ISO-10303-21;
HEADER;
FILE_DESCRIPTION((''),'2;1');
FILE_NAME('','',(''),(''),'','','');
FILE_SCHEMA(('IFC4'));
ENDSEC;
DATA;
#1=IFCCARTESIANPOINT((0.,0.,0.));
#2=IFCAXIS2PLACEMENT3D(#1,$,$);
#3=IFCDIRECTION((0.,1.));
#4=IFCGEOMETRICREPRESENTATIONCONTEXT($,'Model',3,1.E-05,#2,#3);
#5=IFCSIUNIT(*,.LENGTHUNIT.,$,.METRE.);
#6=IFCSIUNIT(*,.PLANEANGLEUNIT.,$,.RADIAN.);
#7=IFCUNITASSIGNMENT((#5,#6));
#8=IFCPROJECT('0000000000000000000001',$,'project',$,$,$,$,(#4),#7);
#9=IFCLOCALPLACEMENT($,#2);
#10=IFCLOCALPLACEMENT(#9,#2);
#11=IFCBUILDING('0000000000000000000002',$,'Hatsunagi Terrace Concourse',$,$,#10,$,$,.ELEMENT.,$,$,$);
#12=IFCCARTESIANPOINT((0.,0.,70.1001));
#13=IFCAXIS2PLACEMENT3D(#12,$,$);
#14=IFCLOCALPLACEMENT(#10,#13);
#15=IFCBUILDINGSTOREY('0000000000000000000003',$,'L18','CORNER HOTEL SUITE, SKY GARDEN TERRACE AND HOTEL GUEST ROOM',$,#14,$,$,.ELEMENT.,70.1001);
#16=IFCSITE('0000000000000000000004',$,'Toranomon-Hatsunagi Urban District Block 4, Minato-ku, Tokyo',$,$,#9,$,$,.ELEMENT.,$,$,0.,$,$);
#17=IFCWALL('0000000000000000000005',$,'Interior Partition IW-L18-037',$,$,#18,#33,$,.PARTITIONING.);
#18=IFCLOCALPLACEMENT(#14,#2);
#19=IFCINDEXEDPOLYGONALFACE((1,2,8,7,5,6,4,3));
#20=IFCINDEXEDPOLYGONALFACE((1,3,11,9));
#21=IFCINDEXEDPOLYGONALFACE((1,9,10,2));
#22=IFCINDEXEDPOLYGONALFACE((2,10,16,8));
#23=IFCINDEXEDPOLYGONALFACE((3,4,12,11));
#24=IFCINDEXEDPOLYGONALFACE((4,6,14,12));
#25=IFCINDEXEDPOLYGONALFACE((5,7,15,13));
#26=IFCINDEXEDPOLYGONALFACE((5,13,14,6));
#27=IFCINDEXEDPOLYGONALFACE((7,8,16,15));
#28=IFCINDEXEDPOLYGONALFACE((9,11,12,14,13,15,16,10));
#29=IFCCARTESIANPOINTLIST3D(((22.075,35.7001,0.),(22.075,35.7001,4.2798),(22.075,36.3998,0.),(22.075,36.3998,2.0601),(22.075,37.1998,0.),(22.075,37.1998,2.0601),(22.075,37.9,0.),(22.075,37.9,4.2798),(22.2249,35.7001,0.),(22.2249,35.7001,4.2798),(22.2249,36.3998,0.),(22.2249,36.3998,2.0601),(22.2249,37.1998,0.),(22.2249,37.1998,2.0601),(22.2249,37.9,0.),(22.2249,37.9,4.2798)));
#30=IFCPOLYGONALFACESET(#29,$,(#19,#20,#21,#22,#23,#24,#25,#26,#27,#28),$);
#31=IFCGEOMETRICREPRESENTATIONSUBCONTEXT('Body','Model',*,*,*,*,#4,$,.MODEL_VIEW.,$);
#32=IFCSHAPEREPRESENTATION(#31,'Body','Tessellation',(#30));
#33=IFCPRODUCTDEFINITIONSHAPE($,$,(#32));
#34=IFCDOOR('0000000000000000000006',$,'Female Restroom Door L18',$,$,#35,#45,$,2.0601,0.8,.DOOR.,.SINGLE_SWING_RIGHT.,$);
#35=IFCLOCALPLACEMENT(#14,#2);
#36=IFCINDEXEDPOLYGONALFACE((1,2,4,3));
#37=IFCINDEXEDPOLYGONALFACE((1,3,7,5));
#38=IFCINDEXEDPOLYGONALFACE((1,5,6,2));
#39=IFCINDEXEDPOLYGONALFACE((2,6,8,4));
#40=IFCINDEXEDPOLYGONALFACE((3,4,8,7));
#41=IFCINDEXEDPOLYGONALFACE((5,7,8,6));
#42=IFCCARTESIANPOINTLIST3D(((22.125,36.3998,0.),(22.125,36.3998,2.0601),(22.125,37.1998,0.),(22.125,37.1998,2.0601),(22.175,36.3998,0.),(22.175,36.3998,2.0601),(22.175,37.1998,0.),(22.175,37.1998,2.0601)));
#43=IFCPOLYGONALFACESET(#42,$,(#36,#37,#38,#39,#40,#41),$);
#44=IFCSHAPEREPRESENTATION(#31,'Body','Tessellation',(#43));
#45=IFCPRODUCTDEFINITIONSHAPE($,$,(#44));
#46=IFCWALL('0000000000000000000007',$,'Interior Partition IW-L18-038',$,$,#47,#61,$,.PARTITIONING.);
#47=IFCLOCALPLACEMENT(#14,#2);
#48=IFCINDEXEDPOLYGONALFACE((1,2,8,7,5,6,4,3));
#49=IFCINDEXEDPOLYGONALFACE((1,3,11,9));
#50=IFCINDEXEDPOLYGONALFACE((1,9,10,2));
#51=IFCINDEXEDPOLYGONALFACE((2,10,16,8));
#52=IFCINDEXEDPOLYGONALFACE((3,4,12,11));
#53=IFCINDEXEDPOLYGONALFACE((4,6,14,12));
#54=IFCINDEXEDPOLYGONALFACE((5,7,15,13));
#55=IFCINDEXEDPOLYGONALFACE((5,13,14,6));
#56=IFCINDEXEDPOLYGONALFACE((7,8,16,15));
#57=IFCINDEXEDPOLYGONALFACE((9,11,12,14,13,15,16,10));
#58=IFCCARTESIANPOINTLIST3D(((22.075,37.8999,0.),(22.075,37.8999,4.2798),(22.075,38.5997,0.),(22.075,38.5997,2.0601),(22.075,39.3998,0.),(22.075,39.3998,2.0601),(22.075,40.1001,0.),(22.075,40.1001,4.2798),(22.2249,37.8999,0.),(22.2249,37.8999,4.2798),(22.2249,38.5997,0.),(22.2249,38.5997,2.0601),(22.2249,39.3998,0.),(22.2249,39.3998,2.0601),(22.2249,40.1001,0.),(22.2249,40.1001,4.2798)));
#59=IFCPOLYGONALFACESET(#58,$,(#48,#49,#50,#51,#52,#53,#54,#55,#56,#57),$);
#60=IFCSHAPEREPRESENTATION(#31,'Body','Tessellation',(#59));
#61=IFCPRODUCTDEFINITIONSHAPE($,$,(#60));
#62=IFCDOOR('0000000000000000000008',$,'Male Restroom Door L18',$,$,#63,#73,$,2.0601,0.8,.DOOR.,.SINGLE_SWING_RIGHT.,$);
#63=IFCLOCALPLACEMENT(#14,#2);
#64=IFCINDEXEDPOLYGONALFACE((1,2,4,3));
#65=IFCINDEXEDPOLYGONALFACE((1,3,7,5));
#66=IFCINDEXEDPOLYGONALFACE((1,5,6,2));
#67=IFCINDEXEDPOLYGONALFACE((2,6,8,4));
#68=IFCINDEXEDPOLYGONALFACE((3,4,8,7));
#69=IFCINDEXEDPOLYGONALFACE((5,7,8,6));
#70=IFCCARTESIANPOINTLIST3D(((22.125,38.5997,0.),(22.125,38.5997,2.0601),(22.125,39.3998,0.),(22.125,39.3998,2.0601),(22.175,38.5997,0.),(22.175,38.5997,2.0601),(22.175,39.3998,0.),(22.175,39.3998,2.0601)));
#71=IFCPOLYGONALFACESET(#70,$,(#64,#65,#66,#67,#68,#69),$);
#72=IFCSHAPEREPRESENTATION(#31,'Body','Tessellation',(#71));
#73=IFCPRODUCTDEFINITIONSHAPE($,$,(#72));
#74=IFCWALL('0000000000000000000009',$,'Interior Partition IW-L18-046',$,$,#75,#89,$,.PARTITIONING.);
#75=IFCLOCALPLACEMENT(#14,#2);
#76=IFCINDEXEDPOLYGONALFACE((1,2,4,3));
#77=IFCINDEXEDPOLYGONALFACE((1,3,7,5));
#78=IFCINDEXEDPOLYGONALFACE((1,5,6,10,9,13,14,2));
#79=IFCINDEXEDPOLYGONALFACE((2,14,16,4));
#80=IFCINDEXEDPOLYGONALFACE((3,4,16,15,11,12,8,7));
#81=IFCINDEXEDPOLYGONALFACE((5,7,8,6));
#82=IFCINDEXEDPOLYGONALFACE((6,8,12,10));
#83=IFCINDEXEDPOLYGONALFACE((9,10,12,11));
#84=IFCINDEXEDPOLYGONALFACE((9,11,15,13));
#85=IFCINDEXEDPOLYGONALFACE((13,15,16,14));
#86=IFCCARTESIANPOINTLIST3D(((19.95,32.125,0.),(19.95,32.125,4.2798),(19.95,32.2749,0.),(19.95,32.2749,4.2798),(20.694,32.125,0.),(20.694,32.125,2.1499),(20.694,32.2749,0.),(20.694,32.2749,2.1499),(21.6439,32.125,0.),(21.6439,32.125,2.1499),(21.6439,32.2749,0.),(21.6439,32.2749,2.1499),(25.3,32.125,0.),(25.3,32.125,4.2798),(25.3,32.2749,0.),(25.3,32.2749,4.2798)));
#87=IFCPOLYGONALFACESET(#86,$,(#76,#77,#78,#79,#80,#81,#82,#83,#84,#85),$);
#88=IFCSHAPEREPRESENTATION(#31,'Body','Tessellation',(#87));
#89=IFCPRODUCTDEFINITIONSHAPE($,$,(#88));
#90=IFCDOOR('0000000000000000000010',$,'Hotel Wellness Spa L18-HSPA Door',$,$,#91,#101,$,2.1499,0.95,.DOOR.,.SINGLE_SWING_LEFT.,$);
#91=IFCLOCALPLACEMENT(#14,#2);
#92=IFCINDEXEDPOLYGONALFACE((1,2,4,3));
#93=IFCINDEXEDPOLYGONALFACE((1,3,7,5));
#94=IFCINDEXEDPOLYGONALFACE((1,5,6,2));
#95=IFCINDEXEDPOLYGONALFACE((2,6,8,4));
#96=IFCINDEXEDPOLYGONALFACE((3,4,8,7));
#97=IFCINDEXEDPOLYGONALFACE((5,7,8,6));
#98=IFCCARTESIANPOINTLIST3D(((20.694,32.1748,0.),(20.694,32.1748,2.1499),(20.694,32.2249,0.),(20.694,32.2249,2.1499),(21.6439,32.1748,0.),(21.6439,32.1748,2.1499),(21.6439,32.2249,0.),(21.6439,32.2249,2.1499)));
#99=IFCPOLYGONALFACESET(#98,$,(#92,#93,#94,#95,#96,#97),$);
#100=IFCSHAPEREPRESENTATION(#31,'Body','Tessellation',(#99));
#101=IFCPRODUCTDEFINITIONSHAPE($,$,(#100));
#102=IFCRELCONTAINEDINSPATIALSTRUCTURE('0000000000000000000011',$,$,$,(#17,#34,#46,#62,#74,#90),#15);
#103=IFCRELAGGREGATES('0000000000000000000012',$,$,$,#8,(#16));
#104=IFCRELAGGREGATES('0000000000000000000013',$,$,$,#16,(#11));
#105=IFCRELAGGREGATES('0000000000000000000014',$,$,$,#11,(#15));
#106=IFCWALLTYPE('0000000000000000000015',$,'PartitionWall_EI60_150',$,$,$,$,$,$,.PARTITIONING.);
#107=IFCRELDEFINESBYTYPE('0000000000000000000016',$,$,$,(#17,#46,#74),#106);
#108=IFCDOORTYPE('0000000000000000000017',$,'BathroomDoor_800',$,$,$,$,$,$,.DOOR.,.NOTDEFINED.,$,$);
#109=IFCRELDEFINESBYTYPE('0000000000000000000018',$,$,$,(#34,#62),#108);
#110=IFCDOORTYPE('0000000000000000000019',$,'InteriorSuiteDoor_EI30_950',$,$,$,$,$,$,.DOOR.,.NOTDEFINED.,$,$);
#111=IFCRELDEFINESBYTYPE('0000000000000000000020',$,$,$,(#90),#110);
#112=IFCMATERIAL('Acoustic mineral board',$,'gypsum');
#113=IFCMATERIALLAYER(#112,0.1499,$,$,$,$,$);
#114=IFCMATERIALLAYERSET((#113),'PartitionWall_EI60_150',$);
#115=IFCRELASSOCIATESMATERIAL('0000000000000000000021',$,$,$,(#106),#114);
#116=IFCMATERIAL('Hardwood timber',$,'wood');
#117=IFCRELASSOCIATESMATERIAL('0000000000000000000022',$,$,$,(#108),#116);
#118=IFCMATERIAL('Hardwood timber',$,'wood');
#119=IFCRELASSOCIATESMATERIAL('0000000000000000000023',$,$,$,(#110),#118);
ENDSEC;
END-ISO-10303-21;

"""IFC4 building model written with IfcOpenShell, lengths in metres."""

from ifc_helpers import new_model, si_unit, direction, frame, frame_2d, origin, place, context, subcontext, project, spatial, rectangle, extrude, material, layer, layer_set, type_object, element, fill, save


model = new_model("IFC4")

# Units and contexts
model_context = context("Model", 3, precision=1e-05, world=origin(), true_north=direction((0.0, 1.0)))
body_context = subcontext(model_context, "Body", "Model", "MODEL_VIEW")
ifc_project = project(units=[si_unit("LENGTHUNIT", "METRE"), si_unit("PLANEANGLEUNIT", "RADIAN")], contexts=[model_context])

# Site, building, storey
site_placement = place(None, origin())
site = spatial("IfcSite", under=ifc_project, at=site_placement, Name="Toranomon-Hatsunagi Urban District Block 4, Minato-ku, Tokyo", CompositionType="ELEMENT", RefElevation=0.0)
building_placement = place(site_placement, origin())
building = spatial("IfcBuilding", under=site, at=building_placement, Name="Hatsunagi Terrace Concourse", CompositionType="ELEMENT")
storey_placement = place(building_placement, frame((0.0, 0.0, 70.1001)))
storey = spatial("IfcBuildingStorey", under=building, at=storey_placement, Name="L18", Description="CORNER HOTEL SUITE, SKY GARDEN TERRACE AND HOTEL GUEST ROOM", CompositionType="ELEMENT", Elevation=70.1001)

# Shared definitions
ifc_material_1 = material(Name="Acoustic mineral board", Category="gypsum")
ifc_layer_1 = layer(ifc_material_1, 0.1499)
ifc_layer_set_1 = layer_set([ifc_layer_1], Name="PartitionWall_EI60_150")
wall_type_1 = type_object("IfcWallType", Name="PartitionWall_EI60_150", PredefinedType="PARTITIONING", material=ifc_layer_set_1)

# Walls, openings, doors
ifc_material_2 = material(Name="Hardwood timber", Category="wood")
door_type_1 = type_object("IfcDoorType", Name="BathroomDoor_800", OperationType="NOTDEFINED", PredefinedType="DOOR", material=ifc_material_2)
wall_1_placement = place(storey_placement, frame((22.1499, 35.7, 0.0), z_axis=(0.0, 0.0, 1.0), x_axis=(0.0, 1.0, 0.0)))
wall_1 = element("IfcWall", 1, at=wall_1_placement, inside=storey, type_object=wall_type_1, Name="Interior Partition IW-L18-037", PredefinedType="PARTITIONING", context=body_context, shape_type="SweptSolid", body=[
    extrude(rectangle(XDim=2.2, YDim=0.1499, at=frame_2d((1.1001, 0.0))), origin(), (0.0, 0.0, 1.0), 4.2798),
])
opening_1_placement = place(wall_1_placement, frame((0.7, 0.0, 0.0)))
opening_1 = element("IfcOpeningElement", 2, at=opening_1_placement, cuts=wall_1, PredefinedType="OPENING", context=body_context, shape_type="SweptSolid", body=[
    extrude(rectangle(XDim=0.8, YDim=2.0601, at=frame_2d((0.3999, 1.03))), frame((0.0, 0.085, 0.0), z_axis=(0.0, -1.0, 0.0), x_axis=(1.0, 0.0, 0.0)), (0.0, 0.0, 1.0), 0.1699),
])
door_1_placement = place(opening_1_placement, origin())
door_1 = element("IfcDoor", 3, at=door_1_placement, inside=storey, type_object=door_type_1, Name="Female Restroom Door L18", OperationType="SINGLE_SWING_RIGHT", OverallHeight=2.0601, OverallWidth=0.8, PredefinedType="DOOR", context=body_context, shape_type="SweptSolid", body=[
    extrude(rectangle(XDim=0.8, YDim=2.0601, at=frame_2d((0.3999, 1.03))), frame((0.0, 0.0249, 0.0), z_axis=(0.0, -1.0, 0.0), x_axis=(1.0, 0.0, 0.0)), (0.0, 0.0, 1.0), 0.05),
])
fill(opening_1, door_1)
wall_2_placement = place(storey_placement, frame((22.1499, 37.8999, 0.0), z_axis=(0.0, 0.0, 1.0), x_axis=(0.0, 1.0, 0.0)))
wall_2 = element("IfcWall", 4, at=wall_2_placement, inside=storey, type_object=wall_type_1, Name="Interior Partition IW-L18-038", PredefinedType="PARTITIONING", context=body_context, shape_type="SweptSolid", body=[
    extrude(rectangle(XDim=2.2002, YDim=0.1499, at=frame_2d((1.1001, 0.0))), origin(), (0.0, 0.0, 1.0), 4.2798),
])
opening_2_placement = place(wall_2_placement, frame((0.7, 0.0, 0.0)))
opening_2 = element("IfcOpeningElement", 5, at=opening_2_placement, cuts=wall_2, PredefinedType="OPENING", context=body_context, shape_type="SweptSolid", body=[
    extrude(rectangle(XDim=0.8, YDim=2.0601, at=frame_2d((0.3999, 1.03))), frame((0.0, 0.085, 0.0), z_axis=(0.0, -1.0, 0.0), x_axis=(1.0, 0.0, 0.0)), (0.0, 0.0, 1.0), 0.1699),
])
door_2_placement = place(opening_2_placement, origin())
door_2 = element("IfcDoor", 6, at=door_2_placement, inside=storey, type_object=door_type_1, Name="Male Restroom Door L18", OperationType="SINGLE_SWING_RIGHT", OverallHeight=2.0601, OverallWidth=0.8, PredefinedType="DOOR", context=body_context, shape_type="SweptSolid", body=[
    extrude(rectangle(XDim=0.8, YDim=2.0601, at=frame_2d((0.3999, 1.03))), frame((0.0, 0.0249, 0.0), z_axis=(0.0, -1.0, 0.0), x_axis=(1.0, 0.0, 0.0)), (0.0, 0.0, 1.0), 0.05),
])
fill(opening_2, door_2)
wall_3_placement = place(storey_placement, frame((19.95, 32.2, 0.0), z_axis=(0.0, 0.0, 1.0), x_axis=(1.0, 0.0, 0.0)))
wall_3 = element("IfcWall", 7, at=wall_3_placement, inside=storey, type_object=wall_type_1, Name="Interior Partition IW-L18-046", PredefinedType="PARTITIONING", context=body_context, shape_type="SweptSolid", body=[
    extrude(rectangle(XDim=5.3501, YDim=0.1499, at=frame_2d((2.675, 0.0))), origin(), (0.0, 0.0, 1.0), 4.2798),
])
opening_3_placement = place(wall_3_placement, frame((0.7439, 0.0, 0.0)))
opening_3 = element("IfcOpeningElement", 8, at=opening_3_placement, cuts=wall_3, PredefinedType="OPENING", context=body_context, shape_type="SweptSolid", body=[
    extrude(rectangle(XDim=0.95, YDim=2.1499, at=frame_2d((0.4751, 1.075))), frame((0.0, 0.085, 0.0), z_axis=(0.0, -1.0, 0.0), x_axis=(1.0, 0.0, 0.0)), (0.0, 0.0, 1.0), 0.1699),
])
ifc_material_3 = material(Name="Hardwood timber", Category="wood")
door_type_2 = type_object("IfcDoorType", Name="InteriorSuiteDoor_EI30_950", OperationType="NOTDEFINED", PredefinedType="DOOR", material=ifc_material_3)
door_3_placement = place(opening_3_placement, origin())
door_3 = element("IfcDoor", 9, at=door_3_placement, inside=storey, type_object=door_type_2, Name="Hotel Wellness Spa L18-HSPA Door", OperationType="SINGLE_SWING_LEFT", OverallHeight=2.1499, OverallWidth=0.95, PredefinedType="DOOR", context=body_context, shape_type="SweptSolid", body=[
    extrude(rectangle(XDim=0.95, YDim=2.1499, at=frame_2d((0.4751, 1.075))), frame((0.0, 0.0249, 0.0), z_axis=(0.0, -1.0, 0.0), x_axis=(1.0, 0.0, 0.0)), (0.0, 0.0, 1.0), 0.05),
])
fill(opening_3, door_3)

save(model, "model.ifc")
